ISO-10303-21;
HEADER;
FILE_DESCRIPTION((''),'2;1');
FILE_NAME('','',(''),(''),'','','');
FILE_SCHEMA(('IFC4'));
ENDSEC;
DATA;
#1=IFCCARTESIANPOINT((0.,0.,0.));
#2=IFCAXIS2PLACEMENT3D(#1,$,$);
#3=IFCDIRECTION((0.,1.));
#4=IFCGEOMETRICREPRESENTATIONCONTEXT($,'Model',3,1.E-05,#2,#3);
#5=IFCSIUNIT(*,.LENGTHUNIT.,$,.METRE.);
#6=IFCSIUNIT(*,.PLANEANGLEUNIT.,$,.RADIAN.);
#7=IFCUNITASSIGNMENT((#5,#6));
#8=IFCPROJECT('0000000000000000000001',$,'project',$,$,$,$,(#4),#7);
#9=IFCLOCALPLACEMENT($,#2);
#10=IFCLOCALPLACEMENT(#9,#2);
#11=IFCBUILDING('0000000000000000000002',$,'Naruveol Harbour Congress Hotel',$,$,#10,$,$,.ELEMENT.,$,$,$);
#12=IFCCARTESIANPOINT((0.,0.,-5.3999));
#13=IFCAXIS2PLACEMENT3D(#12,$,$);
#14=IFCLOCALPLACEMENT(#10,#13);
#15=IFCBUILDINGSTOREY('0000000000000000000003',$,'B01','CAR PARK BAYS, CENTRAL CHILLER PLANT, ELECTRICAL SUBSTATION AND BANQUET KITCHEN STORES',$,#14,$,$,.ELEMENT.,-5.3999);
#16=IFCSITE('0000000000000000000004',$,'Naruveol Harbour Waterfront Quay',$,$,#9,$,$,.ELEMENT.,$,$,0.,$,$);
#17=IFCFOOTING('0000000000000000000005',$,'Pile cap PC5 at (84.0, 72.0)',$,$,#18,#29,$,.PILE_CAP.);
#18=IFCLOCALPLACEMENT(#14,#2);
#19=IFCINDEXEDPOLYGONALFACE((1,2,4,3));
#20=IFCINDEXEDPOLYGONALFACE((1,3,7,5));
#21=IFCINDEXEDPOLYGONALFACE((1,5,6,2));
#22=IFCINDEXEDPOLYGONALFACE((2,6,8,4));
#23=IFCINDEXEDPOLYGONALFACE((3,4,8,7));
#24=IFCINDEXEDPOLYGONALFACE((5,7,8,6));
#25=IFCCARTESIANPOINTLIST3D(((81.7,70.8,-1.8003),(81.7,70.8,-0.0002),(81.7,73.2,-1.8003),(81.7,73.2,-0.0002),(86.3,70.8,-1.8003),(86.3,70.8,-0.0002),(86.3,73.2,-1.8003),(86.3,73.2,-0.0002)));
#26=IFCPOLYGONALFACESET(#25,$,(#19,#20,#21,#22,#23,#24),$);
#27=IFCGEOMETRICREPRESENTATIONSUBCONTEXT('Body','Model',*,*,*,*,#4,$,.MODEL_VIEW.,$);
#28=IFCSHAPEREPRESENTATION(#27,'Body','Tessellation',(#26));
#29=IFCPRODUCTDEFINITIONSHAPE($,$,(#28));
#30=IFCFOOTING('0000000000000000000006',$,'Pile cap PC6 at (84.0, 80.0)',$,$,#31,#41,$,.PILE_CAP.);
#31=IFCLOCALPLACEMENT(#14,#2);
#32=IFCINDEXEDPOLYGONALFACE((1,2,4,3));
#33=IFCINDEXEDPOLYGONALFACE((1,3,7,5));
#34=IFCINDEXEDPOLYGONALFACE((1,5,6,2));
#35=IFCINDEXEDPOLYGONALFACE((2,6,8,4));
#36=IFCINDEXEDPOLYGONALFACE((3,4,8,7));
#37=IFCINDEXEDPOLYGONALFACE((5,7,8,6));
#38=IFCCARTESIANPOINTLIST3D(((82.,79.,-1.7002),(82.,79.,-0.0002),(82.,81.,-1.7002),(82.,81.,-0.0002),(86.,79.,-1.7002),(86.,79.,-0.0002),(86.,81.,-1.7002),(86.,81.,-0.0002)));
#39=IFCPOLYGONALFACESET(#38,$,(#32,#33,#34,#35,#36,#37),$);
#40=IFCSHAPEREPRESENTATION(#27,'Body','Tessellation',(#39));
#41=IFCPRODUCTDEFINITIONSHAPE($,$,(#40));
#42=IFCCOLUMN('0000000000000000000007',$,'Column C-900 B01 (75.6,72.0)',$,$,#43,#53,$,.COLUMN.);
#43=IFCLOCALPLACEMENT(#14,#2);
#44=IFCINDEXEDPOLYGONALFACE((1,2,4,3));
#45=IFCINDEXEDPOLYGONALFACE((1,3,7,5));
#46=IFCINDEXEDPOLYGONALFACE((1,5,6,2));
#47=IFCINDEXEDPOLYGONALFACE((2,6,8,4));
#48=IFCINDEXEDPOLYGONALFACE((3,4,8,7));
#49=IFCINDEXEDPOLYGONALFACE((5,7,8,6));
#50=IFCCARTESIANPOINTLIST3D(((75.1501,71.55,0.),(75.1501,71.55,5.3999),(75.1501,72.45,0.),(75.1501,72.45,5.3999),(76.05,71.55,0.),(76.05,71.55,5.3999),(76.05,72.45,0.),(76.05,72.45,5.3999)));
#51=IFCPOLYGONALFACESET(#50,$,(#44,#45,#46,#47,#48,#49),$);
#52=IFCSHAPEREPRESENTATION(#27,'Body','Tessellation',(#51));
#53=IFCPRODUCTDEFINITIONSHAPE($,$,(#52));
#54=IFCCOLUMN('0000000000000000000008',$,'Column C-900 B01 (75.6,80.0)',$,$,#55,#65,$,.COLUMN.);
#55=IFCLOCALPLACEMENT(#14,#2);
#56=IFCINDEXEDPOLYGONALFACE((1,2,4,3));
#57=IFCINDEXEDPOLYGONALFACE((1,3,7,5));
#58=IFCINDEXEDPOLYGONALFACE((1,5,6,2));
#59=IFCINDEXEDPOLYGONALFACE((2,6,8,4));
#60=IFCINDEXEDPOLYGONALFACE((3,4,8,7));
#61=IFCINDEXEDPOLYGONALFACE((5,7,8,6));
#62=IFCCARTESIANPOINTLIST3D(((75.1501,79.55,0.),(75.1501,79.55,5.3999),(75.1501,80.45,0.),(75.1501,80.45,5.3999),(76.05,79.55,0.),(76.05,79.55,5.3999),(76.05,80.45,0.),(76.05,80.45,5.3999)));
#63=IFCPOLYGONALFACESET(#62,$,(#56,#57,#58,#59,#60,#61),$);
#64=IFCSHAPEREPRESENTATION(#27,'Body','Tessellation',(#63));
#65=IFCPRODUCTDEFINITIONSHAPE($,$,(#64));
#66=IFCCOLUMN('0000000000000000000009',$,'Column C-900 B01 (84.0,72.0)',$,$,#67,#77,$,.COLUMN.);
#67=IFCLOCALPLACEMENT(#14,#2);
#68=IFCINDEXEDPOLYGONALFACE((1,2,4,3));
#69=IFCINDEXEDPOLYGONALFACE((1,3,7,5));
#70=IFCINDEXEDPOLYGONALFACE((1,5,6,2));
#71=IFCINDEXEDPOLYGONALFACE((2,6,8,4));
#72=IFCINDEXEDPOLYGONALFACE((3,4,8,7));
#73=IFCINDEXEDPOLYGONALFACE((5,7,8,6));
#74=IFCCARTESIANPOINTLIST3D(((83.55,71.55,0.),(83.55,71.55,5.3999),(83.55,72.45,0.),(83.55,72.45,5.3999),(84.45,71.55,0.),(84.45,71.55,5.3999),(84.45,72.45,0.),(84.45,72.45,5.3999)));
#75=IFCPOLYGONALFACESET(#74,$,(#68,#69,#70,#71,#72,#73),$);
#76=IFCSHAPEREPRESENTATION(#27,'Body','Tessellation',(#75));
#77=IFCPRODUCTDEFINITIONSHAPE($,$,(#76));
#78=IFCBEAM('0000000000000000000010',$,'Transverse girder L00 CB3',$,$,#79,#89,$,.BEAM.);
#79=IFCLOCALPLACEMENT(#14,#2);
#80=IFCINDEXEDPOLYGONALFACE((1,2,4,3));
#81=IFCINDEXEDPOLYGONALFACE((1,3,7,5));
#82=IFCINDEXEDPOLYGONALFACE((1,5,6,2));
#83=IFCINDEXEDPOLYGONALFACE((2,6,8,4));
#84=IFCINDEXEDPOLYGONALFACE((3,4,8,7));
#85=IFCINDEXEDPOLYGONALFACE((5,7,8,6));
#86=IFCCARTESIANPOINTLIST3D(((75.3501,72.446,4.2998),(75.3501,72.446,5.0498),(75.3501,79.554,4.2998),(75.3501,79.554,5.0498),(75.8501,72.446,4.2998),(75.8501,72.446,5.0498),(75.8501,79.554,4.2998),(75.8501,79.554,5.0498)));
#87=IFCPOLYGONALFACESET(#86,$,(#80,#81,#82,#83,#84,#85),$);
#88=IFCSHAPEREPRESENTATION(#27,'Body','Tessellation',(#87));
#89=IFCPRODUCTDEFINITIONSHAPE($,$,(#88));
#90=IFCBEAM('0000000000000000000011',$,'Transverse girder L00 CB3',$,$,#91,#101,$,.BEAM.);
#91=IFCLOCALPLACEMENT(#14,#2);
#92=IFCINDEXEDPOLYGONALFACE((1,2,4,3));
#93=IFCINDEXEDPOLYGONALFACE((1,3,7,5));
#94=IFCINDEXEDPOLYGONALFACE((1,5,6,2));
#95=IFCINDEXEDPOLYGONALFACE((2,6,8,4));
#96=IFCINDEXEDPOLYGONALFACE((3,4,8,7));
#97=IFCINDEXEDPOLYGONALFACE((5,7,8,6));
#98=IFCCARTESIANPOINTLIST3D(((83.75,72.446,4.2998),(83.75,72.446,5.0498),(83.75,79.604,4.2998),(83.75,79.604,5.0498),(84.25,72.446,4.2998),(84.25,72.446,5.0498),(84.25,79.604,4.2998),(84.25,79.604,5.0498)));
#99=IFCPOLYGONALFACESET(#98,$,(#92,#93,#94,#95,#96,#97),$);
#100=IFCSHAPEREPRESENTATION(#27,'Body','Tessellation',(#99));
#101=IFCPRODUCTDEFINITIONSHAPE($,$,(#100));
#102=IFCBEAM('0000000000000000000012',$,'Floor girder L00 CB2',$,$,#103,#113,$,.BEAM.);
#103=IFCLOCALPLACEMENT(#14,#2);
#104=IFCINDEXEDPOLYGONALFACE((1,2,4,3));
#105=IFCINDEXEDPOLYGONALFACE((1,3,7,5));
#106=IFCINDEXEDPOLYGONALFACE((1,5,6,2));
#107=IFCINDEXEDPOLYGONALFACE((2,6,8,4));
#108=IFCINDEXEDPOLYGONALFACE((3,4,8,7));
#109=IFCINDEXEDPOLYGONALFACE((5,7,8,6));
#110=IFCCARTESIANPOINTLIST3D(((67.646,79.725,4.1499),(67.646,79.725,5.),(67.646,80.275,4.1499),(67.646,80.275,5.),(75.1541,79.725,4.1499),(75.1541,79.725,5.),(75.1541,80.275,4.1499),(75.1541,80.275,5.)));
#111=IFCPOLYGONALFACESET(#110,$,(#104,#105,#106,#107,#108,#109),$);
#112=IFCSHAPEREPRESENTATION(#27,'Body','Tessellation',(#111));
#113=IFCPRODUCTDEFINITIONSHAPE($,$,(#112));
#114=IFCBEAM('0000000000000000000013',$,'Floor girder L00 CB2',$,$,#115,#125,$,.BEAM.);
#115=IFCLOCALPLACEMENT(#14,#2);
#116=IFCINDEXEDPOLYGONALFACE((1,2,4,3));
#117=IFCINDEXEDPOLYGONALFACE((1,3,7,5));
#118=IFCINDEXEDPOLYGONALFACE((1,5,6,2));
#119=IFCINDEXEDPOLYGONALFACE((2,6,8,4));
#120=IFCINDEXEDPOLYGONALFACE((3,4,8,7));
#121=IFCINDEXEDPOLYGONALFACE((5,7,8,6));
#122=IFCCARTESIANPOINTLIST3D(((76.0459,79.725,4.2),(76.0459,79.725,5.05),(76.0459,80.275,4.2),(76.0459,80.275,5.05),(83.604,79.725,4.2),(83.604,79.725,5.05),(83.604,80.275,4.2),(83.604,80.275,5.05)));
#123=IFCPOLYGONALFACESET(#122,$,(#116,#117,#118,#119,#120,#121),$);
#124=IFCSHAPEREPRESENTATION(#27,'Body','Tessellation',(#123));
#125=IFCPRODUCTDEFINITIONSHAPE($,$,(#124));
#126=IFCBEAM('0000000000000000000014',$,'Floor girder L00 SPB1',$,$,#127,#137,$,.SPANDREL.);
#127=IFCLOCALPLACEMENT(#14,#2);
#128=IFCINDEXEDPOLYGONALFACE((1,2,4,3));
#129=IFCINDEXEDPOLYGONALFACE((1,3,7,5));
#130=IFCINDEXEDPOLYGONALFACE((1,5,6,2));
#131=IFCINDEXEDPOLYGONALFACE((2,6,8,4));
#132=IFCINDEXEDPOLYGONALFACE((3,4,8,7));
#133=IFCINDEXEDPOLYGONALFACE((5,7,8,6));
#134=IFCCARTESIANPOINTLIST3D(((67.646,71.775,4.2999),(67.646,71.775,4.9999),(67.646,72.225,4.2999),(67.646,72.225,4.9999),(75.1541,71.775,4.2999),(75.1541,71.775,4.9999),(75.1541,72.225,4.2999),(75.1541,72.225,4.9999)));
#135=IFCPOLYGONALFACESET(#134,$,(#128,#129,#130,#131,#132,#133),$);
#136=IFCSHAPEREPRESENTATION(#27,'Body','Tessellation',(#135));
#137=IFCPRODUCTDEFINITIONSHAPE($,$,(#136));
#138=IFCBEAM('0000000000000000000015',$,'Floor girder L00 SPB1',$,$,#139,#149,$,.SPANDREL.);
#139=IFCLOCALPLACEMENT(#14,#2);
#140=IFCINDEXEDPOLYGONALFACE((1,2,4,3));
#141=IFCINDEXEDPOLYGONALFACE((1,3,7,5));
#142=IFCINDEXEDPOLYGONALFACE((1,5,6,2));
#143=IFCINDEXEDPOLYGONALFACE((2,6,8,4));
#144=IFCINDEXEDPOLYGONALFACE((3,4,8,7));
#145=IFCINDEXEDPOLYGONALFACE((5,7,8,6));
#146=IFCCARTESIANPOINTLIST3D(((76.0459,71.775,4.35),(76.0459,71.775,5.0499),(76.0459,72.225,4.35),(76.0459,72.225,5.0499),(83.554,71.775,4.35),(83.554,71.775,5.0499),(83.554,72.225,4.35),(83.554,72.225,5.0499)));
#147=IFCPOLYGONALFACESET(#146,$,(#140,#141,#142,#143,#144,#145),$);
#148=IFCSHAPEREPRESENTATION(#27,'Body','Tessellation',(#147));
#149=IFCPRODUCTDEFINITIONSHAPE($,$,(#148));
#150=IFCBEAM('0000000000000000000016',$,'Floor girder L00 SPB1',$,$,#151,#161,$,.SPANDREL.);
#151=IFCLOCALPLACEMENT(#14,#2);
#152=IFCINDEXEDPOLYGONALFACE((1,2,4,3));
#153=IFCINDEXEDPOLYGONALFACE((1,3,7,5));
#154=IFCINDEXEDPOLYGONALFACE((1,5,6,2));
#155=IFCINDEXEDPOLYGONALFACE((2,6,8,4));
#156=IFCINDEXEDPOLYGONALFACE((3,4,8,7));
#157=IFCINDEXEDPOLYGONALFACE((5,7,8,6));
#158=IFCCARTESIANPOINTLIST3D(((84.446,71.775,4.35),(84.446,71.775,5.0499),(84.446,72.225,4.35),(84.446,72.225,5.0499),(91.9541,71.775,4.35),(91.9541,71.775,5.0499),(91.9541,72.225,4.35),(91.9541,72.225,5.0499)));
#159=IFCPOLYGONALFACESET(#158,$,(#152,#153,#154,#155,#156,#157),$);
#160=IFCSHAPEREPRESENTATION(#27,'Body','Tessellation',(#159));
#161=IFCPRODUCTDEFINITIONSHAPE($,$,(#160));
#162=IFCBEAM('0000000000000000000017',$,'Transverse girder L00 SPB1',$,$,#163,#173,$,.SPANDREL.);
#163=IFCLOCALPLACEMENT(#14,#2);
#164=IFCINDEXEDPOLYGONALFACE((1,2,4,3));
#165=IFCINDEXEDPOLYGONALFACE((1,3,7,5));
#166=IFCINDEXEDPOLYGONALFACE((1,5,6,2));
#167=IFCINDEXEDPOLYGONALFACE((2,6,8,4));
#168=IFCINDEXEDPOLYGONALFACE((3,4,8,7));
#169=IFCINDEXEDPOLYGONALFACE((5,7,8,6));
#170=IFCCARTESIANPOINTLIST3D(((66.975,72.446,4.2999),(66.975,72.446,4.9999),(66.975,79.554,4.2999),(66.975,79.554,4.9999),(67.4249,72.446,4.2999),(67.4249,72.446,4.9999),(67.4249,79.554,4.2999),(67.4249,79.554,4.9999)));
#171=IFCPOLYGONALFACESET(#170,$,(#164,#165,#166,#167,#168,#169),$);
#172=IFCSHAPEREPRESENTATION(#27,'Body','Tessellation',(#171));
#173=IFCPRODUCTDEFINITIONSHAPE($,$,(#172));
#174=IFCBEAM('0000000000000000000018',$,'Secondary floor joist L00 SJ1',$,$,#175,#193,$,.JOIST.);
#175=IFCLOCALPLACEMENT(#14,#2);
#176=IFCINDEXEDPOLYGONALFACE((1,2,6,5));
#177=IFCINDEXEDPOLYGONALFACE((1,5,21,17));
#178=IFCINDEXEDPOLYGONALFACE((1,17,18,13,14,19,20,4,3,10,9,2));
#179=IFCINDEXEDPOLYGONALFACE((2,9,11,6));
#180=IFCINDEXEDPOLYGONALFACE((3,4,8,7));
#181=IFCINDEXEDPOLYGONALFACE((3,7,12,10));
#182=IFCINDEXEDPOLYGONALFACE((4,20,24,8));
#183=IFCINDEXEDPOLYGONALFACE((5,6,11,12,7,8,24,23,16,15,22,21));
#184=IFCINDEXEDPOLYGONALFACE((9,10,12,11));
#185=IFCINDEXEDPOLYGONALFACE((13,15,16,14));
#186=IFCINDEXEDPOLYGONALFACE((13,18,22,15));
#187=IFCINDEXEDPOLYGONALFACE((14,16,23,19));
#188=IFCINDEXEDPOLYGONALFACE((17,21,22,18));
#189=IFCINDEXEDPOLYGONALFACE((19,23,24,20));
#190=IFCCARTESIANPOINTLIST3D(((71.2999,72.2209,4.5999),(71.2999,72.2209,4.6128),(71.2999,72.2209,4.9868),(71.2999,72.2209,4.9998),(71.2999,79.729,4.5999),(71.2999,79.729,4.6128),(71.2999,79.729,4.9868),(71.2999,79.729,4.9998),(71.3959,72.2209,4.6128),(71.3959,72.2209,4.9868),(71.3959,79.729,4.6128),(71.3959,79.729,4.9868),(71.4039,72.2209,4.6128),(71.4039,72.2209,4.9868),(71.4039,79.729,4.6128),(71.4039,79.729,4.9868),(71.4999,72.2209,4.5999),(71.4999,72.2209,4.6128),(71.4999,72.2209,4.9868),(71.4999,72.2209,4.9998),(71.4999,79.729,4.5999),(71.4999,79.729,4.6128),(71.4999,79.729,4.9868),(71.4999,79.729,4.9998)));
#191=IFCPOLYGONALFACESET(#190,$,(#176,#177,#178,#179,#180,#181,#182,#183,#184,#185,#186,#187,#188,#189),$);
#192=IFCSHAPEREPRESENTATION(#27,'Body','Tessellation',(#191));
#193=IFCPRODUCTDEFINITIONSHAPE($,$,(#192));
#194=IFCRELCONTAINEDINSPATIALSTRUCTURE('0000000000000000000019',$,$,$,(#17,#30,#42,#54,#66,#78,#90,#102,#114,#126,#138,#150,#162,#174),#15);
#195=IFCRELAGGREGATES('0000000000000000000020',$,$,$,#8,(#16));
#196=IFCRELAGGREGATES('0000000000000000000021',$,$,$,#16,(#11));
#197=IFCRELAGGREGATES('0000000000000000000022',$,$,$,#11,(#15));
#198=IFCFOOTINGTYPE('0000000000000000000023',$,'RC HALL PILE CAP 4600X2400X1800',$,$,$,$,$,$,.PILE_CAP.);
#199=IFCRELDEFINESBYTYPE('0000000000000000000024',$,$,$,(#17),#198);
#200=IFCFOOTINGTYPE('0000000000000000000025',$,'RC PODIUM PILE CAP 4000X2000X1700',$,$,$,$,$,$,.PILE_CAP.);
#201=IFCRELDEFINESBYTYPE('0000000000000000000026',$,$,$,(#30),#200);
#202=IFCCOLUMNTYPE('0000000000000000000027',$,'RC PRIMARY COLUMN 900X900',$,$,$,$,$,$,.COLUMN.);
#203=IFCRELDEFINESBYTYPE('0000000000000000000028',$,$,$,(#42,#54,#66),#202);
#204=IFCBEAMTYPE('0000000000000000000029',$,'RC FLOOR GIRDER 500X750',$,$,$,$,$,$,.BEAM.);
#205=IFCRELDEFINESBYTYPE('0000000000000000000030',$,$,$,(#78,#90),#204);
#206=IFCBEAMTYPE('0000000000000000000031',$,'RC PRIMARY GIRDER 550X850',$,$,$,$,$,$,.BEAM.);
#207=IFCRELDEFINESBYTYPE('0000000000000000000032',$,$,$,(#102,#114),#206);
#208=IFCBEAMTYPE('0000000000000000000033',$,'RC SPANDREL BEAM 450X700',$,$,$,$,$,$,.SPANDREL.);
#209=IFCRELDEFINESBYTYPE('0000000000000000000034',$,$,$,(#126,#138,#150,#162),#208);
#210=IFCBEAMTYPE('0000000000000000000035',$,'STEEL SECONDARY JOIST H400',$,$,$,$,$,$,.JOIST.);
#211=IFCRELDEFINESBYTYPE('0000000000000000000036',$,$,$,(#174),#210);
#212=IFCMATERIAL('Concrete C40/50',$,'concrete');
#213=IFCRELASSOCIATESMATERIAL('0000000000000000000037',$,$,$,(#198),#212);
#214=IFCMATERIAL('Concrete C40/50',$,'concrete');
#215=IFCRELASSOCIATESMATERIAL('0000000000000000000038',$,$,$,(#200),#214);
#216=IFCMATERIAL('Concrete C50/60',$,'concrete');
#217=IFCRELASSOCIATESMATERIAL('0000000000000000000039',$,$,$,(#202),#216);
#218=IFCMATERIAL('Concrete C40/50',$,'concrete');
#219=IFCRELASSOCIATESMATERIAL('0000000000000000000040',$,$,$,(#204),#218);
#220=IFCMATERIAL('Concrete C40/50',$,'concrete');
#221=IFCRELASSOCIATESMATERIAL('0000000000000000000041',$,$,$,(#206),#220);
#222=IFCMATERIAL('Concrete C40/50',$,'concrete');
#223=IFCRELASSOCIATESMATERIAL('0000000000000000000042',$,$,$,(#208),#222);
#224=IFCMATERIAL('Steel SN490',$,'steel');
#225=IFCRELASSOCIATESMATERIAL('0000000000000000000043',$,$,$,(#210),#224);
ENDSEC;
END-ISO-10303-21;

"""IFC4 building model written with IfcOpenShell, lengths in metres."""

from ifc_helpers import new_model, si_unit, direction, frame, origin, origin_2d, place, context, subcontext, project, spatial, rectangle, i_section, extrude, material, material_profile, profile_set, type_object, element, save


model = new_model("IFC4")

# Units and contexts
model_context = context("Model", 3, precision=1e-05, world=origin(), true_north=direction((0.0, 1.0)))
body_context = subcontext(model_context, "Body", "Model", "MODEL_VIEW")
ifc_project = project(units=[si_unit("LENGTHUNIT", "METRE"), si_unit("PLANEANGLEUNIT", "RADIAN")], contexts=[model_context])

# Site, building, storey
site_placement = place(None, origin())
site = spatial("IfcSite", under=ifc_project, at=site_placement, Name="Naruveol Harbour Waterfront Quay", CompositionType="ELEMENT", RefElevation=0.0)
building_placement = place(site_placement, origin())
building = spatial("IfcBuilding", under=site, at=building_placement, Name="Naruveol Harbour Congress Hotel", CompositionType="ELEMENT")
storey_placement = place(building_placement, frame((0.0, 0.0, -5.3999)))
storey = spatial("IfcBuildingStorey", under=building, at=storey_placement, Name="B01", Description="CAR PARK BAYS, CENTRAL CHILLER PLANT, ELECTRICAL SUBSTATION AND BANQUET KITCHEN STORES", CompositionType="ELEMENT", Elevation=-5.3999)

# Footings
ifc_material_1 = material(Name="Concrete C40/50", Category="concrete")
footing_type_1 = type_object("IfcFootingType", Name="RC HALL PILE CAP 4600X2400X1800", PredefinedType="PILE_CAP", material=ifc_material_1)
for number, where, z_axis, x_axis, name in (
    (1, (84.0, 72.0, -1.8003), (0.0, 0.0, 1.0), (1.0, 0.0, 0.0), "Pile cap PC5 at (84.0, 72.0)"),
):
    element("IfcFooting", number, at=place(storey_placement, frame(where, z_axis=z_axis, x_axis=x_axis)), inside=storey, type_object=footing_type_1, Name=name, PredefinedType="PILE_CAP", context=body_context, shape_type="SweptSolid", body=[
        extrude(rectangle(XDim=4.6001, YDim=2.3999, at=origin_2d()), origin(), (0.0, 0.0, 1.0), 1.8),
    ])
ifc_material_2 = material(Name="Concrete C40/50", Category="concrete")
footing_type_2 = type_object("IfcFootingType", Name="RC PODIUM PILE CAP 4000X2000X1700", PredefinedType="PILE_CAP", material=ifc_material_2)
footing_1_placement = place(storey_placement, frame((84.0, 80.0, -1.7002), z_axis=(0.0, 0.0, 1.0), x_axis=(1.0, 0.0, 0.0)))
element("IfcFooting", 2, at=footing_1_placement, inside=storey, type_object=footing_type_2, Name="Pile cap PC6 at (84.0, 80.0)", PredefinedType="PILE_CAP", context=body_context, shape_type="SweptSolid", body=[
    extrude(rectangle(XDim=4.0, YDim=2.0, at=origin_2d()), origin(), (0.0, 0.0, 1.0), 1.7),
])

# Columns
ifc_material_3 = material(Name="Concrete C50/60", Category="concrete")
ifc_material_profile_1 = material_profile(ifc_material_3, rectangle(XDim=0.8999, YDim=0.8999, at=origin_2d()), Name="RC-900x900")
ifc_profile_set_1 = profile_set([ifc_material_profile_1], Name="Concrete C50/60")
column_type = type_object("IfcColumnType", Name="RC PRIMARY COLUMN 900X900", PredefinedType="COLUMN", material=ifc_profile_set_1)
for number, where, z_axis, x_axis, name in (
    (3, (75.6001, 72.0, 0.0), (0.0, 0.0, 1.0), (1.0, 0.0, 0.0), "Column C-900 B01 (75.6,72.0)"),
    (4, (75.6001, 80.0, 0.0), (0.0, 0.0, 1.0), (1.0, 0.0, 0.0), "Column C-900 B01 (75.6,80.0)"),
    (5, (84.0, 72.0, 0.0), (0.0, 0.0, 1.0), (1.0, 0.0, 0.0), "Column C-900 B01 (84.0,72.0)"),
):
    element("IfcColumn", number, at=place(storey_placement, frame(where, z_axis=z_axis, x_axis=x_axis)), inside=storey, type_object=column_type, Name=name, PredefinedType="COLUMN", context=body_context, shape_type="SweptSolid", body=[
        extrude(rectangle(XDim=0.8999, YDim=0.8999, at=origin_2d()), origin(), (0.0, 0.0, 1.0), 5.3999),
    ])

# Beams
ifc_material_4 = material(Name="Concrete C40/50", Category="concrete")
ifc_material_profile_2 = material_profile(ifc_material_4, rectangle(XDim=0.5, YDim=0.75, at=origin_2d()), Name="RCB-500x750")
ifc_profile_set_2 = profile_set([ifc_material_profile_2], Name="Concrete C40/50")
beam_type_1 = type_object("IfcBeamType", Name="RC FLOOR GIRDER 500X750", PredefinedType="BEAM", material=ifc_profile_set_2)
beam_1_placement = place(storey_placement, frame((75.6001, 72.446, 4.6748), z_axis=(0.0, 1.0, 0.0), x_axis=(-1.0, 0.0, 0.0)))
element("IfcBeam", 6, at=beam_1_placement, inside=storey, type_object=beam_type_1, Name="Transverse girder L00 CB3", PredefinedType="BEAM", context=body_context, shape_type="SweptSolid", body=[
    extrude(rectangle(XDim=0.5, YDim=0.75, at=origin_2d()), origin(), (0.0, 0.0, 1.0), 7.1079),
])
beam_2_placement = place(storey_placement, frame((84.0, 72.446, 4.6748), z_axis=(0.0, 1.0, 0.0), x_axis=(-1.0, 0.0, 0.0)))
element("IfcBeam", 7, at=beam_2_placement, inside=storey, type_object=beam_type_1, Name="Transverse girder L00 CB3", PredefinedType="BEAM", context=body_context, shape_type="SweptSolid", body=[
    extrude(rectangle(XDim=0.5, YDim=0.75, at=origin_2d()), origin(), (0.0, 0.0, 1.0), 7.158),
])
ifc_material_5 = material(Name="Concrete C40/50", Category="concrete")
ifc_material_profile_3 = material_profile(ifc_material_5, rectangle(XDim=0.55, YDim=0.8501, at=origin_2d()), Name="RCB-550x850")
ifc_profile_set_3 = profile_set([ifc_material_profile_3], Name="Concrete C40/50")
beam_type_2 = type_object("IfcBeamType", Name="RC PRIMARY GIRDER 550X850", PredefinedType="BEAM", material=ifc_profile_set_3)
beam_3_placement = place(storey_placement, frame((67.646, 80.0, 4.575), z_axis=(1.0, 0.0, 0.0), x_axis=(0.0, 1.0, 0.0)))
element("IfcBeam", 8, at=beam_3_placement, inside=storey, type_object=beam_type_2, Name="Floor girder L00 CB2", PredefinedType="BEAM", context=body_context, shape_type="SweptSolid", body=[
    extrude(rectangle(XDim=0.55, YDim=0.8501, at=origin_2d()), origin(), (0.0, 0.0, 1.0), 7.5081),
])
beam_4_placement = place(storey_placement, frame((76.0459, 80.0, 4.625), z_axis=(1.0, 0.0, 0.0), x_axis=(0.0, 1.0, 0.0)))
element("IfcBeam", 9, at=beam_4_placement, inside=storey, type_object=beam_type_2, Name="Floor girder L00 CB2", PredefinedType="BEAM", context=body_context, shape_type="SweptSolid", body=[
    extrude(rectangle(XDim=0.55, YDim=0.8501, at=origin_2d()), origin(), (0.0, 0.0, 1.0), 7.5581),
])
ifc_material_6 = material(Name="Concrete C40/50", Category="concrete")
ifc_material_profile_4 = material_profile(ifc_material_6, rectangle(XDim=0.45, YDim=0.7, at=origin_2d()), Name="RCB-450x700")
ifc_profile_set_4 = profile_set([ifc_material_profile_4], Name="Concrete C40/50")
beam_type_3 = type_object("IfcBeamType", Name="RC SPANDREL BEAM 450X700", PredefinedType="SPANDREL", material=ifc_profile_set_4)
for number, where, z_axis, x_axis, name in (
    (10, (67.646, 72.0, 4.6499), (1.0, 0.0, 0.0), (0.0, 1.0, 0.0), "Floor girder L00 SPB1"),
    (11, (76.0459, 72.0, 4.7), (1.0, 0.0, 0.0), (0.0, 1.0, 0.0), "Floor girder L00 SPB1"),
    (12, (84.446, 72.0, 4.7), (1.0, 0.0, 0.0), (0.0, 1.0, 0.0), "Floor girder L00 SPB1"),
):
    element("IfcBeam", number, at=place(storey_placement, frame(where, z_axis=z_axis, x_axis=x_axis)), inside=storey, type_object=beam_type_3, Name=name, PredefinedType="SPANDREL", context=body_context, shape_type="SweptSolid", body=[
        extrude(rectangle(XDim=0.45, YDim=0.7, at=origin_2d()), origin(), (0.0, 0.0, 1.0), 7.5081),
    ])
beam_5_placement = place(storey_placement, frame((67.2, 72.446, 4.6499), z_axis=(0.0, 1.0, 0.0), x_axis=(-1.0, 0.0, 0.0)))
element("IfcBeam", 13, at=beam_5_placement, inside=storey, type_object=beam_type_3, Name="Transverse girder L00 SPB1", PredefinedType="SPANDREL", context=body_context, shape_type="SweptSolid", body=[
    extrude(rectangle(XDim=0.45, YDim=0.7, at=origin_2d()), origin(), (0.0, 0.0, 1.0), 7.1079),
])
ifc_material_7 = material(Name="Steel SN490", Category="steel")
ifc_material_profile_5 = material_profile(ifc_material_7, i_section(OverallWidth=0.2, OverallDepth=0.3999, WebThickness=0.0081, FlangeThickness=0.0129, at=origin_2d()), Name="H-400x200x8x13")
ifc_profile_set_5 = profile_set([ifc_material_profile_5], Name="Steel SN490")
beam_type_4 = type_object("IfcBeamType", Name="STEEL SECONDARY JOIST H400", PredefinedType="JOIST", material=ifc_profile_set_5)
for number, where, z_axis, x_axis, name in (
    (14, (71.3999, 72.2209, 4.7998), (0.0, 1.0, 0.0), (-1.0, 0.0, 0.0), "Secondary floor joist L00 SJ1"),
):
    element("IfcBeam", number, at=place(storey_placement, frame(where, z_axis=z_axis, x_axis=x_axis)), inside=storey, type_object=beam_type_4, Name=name, PredefinedType="JOIST", context=body_context, shape_type="SweptSolid", body=[
        extrude(i_section(OverallWidth=0.2, OverallDepth=0.3999, WebThickness=0.0081, FlangeThickness=0.0129, at=origin_2d()), origin(), (0.0, 0.0, 1.0), 7.5081),
    ])

save(model, "model.ifc")
